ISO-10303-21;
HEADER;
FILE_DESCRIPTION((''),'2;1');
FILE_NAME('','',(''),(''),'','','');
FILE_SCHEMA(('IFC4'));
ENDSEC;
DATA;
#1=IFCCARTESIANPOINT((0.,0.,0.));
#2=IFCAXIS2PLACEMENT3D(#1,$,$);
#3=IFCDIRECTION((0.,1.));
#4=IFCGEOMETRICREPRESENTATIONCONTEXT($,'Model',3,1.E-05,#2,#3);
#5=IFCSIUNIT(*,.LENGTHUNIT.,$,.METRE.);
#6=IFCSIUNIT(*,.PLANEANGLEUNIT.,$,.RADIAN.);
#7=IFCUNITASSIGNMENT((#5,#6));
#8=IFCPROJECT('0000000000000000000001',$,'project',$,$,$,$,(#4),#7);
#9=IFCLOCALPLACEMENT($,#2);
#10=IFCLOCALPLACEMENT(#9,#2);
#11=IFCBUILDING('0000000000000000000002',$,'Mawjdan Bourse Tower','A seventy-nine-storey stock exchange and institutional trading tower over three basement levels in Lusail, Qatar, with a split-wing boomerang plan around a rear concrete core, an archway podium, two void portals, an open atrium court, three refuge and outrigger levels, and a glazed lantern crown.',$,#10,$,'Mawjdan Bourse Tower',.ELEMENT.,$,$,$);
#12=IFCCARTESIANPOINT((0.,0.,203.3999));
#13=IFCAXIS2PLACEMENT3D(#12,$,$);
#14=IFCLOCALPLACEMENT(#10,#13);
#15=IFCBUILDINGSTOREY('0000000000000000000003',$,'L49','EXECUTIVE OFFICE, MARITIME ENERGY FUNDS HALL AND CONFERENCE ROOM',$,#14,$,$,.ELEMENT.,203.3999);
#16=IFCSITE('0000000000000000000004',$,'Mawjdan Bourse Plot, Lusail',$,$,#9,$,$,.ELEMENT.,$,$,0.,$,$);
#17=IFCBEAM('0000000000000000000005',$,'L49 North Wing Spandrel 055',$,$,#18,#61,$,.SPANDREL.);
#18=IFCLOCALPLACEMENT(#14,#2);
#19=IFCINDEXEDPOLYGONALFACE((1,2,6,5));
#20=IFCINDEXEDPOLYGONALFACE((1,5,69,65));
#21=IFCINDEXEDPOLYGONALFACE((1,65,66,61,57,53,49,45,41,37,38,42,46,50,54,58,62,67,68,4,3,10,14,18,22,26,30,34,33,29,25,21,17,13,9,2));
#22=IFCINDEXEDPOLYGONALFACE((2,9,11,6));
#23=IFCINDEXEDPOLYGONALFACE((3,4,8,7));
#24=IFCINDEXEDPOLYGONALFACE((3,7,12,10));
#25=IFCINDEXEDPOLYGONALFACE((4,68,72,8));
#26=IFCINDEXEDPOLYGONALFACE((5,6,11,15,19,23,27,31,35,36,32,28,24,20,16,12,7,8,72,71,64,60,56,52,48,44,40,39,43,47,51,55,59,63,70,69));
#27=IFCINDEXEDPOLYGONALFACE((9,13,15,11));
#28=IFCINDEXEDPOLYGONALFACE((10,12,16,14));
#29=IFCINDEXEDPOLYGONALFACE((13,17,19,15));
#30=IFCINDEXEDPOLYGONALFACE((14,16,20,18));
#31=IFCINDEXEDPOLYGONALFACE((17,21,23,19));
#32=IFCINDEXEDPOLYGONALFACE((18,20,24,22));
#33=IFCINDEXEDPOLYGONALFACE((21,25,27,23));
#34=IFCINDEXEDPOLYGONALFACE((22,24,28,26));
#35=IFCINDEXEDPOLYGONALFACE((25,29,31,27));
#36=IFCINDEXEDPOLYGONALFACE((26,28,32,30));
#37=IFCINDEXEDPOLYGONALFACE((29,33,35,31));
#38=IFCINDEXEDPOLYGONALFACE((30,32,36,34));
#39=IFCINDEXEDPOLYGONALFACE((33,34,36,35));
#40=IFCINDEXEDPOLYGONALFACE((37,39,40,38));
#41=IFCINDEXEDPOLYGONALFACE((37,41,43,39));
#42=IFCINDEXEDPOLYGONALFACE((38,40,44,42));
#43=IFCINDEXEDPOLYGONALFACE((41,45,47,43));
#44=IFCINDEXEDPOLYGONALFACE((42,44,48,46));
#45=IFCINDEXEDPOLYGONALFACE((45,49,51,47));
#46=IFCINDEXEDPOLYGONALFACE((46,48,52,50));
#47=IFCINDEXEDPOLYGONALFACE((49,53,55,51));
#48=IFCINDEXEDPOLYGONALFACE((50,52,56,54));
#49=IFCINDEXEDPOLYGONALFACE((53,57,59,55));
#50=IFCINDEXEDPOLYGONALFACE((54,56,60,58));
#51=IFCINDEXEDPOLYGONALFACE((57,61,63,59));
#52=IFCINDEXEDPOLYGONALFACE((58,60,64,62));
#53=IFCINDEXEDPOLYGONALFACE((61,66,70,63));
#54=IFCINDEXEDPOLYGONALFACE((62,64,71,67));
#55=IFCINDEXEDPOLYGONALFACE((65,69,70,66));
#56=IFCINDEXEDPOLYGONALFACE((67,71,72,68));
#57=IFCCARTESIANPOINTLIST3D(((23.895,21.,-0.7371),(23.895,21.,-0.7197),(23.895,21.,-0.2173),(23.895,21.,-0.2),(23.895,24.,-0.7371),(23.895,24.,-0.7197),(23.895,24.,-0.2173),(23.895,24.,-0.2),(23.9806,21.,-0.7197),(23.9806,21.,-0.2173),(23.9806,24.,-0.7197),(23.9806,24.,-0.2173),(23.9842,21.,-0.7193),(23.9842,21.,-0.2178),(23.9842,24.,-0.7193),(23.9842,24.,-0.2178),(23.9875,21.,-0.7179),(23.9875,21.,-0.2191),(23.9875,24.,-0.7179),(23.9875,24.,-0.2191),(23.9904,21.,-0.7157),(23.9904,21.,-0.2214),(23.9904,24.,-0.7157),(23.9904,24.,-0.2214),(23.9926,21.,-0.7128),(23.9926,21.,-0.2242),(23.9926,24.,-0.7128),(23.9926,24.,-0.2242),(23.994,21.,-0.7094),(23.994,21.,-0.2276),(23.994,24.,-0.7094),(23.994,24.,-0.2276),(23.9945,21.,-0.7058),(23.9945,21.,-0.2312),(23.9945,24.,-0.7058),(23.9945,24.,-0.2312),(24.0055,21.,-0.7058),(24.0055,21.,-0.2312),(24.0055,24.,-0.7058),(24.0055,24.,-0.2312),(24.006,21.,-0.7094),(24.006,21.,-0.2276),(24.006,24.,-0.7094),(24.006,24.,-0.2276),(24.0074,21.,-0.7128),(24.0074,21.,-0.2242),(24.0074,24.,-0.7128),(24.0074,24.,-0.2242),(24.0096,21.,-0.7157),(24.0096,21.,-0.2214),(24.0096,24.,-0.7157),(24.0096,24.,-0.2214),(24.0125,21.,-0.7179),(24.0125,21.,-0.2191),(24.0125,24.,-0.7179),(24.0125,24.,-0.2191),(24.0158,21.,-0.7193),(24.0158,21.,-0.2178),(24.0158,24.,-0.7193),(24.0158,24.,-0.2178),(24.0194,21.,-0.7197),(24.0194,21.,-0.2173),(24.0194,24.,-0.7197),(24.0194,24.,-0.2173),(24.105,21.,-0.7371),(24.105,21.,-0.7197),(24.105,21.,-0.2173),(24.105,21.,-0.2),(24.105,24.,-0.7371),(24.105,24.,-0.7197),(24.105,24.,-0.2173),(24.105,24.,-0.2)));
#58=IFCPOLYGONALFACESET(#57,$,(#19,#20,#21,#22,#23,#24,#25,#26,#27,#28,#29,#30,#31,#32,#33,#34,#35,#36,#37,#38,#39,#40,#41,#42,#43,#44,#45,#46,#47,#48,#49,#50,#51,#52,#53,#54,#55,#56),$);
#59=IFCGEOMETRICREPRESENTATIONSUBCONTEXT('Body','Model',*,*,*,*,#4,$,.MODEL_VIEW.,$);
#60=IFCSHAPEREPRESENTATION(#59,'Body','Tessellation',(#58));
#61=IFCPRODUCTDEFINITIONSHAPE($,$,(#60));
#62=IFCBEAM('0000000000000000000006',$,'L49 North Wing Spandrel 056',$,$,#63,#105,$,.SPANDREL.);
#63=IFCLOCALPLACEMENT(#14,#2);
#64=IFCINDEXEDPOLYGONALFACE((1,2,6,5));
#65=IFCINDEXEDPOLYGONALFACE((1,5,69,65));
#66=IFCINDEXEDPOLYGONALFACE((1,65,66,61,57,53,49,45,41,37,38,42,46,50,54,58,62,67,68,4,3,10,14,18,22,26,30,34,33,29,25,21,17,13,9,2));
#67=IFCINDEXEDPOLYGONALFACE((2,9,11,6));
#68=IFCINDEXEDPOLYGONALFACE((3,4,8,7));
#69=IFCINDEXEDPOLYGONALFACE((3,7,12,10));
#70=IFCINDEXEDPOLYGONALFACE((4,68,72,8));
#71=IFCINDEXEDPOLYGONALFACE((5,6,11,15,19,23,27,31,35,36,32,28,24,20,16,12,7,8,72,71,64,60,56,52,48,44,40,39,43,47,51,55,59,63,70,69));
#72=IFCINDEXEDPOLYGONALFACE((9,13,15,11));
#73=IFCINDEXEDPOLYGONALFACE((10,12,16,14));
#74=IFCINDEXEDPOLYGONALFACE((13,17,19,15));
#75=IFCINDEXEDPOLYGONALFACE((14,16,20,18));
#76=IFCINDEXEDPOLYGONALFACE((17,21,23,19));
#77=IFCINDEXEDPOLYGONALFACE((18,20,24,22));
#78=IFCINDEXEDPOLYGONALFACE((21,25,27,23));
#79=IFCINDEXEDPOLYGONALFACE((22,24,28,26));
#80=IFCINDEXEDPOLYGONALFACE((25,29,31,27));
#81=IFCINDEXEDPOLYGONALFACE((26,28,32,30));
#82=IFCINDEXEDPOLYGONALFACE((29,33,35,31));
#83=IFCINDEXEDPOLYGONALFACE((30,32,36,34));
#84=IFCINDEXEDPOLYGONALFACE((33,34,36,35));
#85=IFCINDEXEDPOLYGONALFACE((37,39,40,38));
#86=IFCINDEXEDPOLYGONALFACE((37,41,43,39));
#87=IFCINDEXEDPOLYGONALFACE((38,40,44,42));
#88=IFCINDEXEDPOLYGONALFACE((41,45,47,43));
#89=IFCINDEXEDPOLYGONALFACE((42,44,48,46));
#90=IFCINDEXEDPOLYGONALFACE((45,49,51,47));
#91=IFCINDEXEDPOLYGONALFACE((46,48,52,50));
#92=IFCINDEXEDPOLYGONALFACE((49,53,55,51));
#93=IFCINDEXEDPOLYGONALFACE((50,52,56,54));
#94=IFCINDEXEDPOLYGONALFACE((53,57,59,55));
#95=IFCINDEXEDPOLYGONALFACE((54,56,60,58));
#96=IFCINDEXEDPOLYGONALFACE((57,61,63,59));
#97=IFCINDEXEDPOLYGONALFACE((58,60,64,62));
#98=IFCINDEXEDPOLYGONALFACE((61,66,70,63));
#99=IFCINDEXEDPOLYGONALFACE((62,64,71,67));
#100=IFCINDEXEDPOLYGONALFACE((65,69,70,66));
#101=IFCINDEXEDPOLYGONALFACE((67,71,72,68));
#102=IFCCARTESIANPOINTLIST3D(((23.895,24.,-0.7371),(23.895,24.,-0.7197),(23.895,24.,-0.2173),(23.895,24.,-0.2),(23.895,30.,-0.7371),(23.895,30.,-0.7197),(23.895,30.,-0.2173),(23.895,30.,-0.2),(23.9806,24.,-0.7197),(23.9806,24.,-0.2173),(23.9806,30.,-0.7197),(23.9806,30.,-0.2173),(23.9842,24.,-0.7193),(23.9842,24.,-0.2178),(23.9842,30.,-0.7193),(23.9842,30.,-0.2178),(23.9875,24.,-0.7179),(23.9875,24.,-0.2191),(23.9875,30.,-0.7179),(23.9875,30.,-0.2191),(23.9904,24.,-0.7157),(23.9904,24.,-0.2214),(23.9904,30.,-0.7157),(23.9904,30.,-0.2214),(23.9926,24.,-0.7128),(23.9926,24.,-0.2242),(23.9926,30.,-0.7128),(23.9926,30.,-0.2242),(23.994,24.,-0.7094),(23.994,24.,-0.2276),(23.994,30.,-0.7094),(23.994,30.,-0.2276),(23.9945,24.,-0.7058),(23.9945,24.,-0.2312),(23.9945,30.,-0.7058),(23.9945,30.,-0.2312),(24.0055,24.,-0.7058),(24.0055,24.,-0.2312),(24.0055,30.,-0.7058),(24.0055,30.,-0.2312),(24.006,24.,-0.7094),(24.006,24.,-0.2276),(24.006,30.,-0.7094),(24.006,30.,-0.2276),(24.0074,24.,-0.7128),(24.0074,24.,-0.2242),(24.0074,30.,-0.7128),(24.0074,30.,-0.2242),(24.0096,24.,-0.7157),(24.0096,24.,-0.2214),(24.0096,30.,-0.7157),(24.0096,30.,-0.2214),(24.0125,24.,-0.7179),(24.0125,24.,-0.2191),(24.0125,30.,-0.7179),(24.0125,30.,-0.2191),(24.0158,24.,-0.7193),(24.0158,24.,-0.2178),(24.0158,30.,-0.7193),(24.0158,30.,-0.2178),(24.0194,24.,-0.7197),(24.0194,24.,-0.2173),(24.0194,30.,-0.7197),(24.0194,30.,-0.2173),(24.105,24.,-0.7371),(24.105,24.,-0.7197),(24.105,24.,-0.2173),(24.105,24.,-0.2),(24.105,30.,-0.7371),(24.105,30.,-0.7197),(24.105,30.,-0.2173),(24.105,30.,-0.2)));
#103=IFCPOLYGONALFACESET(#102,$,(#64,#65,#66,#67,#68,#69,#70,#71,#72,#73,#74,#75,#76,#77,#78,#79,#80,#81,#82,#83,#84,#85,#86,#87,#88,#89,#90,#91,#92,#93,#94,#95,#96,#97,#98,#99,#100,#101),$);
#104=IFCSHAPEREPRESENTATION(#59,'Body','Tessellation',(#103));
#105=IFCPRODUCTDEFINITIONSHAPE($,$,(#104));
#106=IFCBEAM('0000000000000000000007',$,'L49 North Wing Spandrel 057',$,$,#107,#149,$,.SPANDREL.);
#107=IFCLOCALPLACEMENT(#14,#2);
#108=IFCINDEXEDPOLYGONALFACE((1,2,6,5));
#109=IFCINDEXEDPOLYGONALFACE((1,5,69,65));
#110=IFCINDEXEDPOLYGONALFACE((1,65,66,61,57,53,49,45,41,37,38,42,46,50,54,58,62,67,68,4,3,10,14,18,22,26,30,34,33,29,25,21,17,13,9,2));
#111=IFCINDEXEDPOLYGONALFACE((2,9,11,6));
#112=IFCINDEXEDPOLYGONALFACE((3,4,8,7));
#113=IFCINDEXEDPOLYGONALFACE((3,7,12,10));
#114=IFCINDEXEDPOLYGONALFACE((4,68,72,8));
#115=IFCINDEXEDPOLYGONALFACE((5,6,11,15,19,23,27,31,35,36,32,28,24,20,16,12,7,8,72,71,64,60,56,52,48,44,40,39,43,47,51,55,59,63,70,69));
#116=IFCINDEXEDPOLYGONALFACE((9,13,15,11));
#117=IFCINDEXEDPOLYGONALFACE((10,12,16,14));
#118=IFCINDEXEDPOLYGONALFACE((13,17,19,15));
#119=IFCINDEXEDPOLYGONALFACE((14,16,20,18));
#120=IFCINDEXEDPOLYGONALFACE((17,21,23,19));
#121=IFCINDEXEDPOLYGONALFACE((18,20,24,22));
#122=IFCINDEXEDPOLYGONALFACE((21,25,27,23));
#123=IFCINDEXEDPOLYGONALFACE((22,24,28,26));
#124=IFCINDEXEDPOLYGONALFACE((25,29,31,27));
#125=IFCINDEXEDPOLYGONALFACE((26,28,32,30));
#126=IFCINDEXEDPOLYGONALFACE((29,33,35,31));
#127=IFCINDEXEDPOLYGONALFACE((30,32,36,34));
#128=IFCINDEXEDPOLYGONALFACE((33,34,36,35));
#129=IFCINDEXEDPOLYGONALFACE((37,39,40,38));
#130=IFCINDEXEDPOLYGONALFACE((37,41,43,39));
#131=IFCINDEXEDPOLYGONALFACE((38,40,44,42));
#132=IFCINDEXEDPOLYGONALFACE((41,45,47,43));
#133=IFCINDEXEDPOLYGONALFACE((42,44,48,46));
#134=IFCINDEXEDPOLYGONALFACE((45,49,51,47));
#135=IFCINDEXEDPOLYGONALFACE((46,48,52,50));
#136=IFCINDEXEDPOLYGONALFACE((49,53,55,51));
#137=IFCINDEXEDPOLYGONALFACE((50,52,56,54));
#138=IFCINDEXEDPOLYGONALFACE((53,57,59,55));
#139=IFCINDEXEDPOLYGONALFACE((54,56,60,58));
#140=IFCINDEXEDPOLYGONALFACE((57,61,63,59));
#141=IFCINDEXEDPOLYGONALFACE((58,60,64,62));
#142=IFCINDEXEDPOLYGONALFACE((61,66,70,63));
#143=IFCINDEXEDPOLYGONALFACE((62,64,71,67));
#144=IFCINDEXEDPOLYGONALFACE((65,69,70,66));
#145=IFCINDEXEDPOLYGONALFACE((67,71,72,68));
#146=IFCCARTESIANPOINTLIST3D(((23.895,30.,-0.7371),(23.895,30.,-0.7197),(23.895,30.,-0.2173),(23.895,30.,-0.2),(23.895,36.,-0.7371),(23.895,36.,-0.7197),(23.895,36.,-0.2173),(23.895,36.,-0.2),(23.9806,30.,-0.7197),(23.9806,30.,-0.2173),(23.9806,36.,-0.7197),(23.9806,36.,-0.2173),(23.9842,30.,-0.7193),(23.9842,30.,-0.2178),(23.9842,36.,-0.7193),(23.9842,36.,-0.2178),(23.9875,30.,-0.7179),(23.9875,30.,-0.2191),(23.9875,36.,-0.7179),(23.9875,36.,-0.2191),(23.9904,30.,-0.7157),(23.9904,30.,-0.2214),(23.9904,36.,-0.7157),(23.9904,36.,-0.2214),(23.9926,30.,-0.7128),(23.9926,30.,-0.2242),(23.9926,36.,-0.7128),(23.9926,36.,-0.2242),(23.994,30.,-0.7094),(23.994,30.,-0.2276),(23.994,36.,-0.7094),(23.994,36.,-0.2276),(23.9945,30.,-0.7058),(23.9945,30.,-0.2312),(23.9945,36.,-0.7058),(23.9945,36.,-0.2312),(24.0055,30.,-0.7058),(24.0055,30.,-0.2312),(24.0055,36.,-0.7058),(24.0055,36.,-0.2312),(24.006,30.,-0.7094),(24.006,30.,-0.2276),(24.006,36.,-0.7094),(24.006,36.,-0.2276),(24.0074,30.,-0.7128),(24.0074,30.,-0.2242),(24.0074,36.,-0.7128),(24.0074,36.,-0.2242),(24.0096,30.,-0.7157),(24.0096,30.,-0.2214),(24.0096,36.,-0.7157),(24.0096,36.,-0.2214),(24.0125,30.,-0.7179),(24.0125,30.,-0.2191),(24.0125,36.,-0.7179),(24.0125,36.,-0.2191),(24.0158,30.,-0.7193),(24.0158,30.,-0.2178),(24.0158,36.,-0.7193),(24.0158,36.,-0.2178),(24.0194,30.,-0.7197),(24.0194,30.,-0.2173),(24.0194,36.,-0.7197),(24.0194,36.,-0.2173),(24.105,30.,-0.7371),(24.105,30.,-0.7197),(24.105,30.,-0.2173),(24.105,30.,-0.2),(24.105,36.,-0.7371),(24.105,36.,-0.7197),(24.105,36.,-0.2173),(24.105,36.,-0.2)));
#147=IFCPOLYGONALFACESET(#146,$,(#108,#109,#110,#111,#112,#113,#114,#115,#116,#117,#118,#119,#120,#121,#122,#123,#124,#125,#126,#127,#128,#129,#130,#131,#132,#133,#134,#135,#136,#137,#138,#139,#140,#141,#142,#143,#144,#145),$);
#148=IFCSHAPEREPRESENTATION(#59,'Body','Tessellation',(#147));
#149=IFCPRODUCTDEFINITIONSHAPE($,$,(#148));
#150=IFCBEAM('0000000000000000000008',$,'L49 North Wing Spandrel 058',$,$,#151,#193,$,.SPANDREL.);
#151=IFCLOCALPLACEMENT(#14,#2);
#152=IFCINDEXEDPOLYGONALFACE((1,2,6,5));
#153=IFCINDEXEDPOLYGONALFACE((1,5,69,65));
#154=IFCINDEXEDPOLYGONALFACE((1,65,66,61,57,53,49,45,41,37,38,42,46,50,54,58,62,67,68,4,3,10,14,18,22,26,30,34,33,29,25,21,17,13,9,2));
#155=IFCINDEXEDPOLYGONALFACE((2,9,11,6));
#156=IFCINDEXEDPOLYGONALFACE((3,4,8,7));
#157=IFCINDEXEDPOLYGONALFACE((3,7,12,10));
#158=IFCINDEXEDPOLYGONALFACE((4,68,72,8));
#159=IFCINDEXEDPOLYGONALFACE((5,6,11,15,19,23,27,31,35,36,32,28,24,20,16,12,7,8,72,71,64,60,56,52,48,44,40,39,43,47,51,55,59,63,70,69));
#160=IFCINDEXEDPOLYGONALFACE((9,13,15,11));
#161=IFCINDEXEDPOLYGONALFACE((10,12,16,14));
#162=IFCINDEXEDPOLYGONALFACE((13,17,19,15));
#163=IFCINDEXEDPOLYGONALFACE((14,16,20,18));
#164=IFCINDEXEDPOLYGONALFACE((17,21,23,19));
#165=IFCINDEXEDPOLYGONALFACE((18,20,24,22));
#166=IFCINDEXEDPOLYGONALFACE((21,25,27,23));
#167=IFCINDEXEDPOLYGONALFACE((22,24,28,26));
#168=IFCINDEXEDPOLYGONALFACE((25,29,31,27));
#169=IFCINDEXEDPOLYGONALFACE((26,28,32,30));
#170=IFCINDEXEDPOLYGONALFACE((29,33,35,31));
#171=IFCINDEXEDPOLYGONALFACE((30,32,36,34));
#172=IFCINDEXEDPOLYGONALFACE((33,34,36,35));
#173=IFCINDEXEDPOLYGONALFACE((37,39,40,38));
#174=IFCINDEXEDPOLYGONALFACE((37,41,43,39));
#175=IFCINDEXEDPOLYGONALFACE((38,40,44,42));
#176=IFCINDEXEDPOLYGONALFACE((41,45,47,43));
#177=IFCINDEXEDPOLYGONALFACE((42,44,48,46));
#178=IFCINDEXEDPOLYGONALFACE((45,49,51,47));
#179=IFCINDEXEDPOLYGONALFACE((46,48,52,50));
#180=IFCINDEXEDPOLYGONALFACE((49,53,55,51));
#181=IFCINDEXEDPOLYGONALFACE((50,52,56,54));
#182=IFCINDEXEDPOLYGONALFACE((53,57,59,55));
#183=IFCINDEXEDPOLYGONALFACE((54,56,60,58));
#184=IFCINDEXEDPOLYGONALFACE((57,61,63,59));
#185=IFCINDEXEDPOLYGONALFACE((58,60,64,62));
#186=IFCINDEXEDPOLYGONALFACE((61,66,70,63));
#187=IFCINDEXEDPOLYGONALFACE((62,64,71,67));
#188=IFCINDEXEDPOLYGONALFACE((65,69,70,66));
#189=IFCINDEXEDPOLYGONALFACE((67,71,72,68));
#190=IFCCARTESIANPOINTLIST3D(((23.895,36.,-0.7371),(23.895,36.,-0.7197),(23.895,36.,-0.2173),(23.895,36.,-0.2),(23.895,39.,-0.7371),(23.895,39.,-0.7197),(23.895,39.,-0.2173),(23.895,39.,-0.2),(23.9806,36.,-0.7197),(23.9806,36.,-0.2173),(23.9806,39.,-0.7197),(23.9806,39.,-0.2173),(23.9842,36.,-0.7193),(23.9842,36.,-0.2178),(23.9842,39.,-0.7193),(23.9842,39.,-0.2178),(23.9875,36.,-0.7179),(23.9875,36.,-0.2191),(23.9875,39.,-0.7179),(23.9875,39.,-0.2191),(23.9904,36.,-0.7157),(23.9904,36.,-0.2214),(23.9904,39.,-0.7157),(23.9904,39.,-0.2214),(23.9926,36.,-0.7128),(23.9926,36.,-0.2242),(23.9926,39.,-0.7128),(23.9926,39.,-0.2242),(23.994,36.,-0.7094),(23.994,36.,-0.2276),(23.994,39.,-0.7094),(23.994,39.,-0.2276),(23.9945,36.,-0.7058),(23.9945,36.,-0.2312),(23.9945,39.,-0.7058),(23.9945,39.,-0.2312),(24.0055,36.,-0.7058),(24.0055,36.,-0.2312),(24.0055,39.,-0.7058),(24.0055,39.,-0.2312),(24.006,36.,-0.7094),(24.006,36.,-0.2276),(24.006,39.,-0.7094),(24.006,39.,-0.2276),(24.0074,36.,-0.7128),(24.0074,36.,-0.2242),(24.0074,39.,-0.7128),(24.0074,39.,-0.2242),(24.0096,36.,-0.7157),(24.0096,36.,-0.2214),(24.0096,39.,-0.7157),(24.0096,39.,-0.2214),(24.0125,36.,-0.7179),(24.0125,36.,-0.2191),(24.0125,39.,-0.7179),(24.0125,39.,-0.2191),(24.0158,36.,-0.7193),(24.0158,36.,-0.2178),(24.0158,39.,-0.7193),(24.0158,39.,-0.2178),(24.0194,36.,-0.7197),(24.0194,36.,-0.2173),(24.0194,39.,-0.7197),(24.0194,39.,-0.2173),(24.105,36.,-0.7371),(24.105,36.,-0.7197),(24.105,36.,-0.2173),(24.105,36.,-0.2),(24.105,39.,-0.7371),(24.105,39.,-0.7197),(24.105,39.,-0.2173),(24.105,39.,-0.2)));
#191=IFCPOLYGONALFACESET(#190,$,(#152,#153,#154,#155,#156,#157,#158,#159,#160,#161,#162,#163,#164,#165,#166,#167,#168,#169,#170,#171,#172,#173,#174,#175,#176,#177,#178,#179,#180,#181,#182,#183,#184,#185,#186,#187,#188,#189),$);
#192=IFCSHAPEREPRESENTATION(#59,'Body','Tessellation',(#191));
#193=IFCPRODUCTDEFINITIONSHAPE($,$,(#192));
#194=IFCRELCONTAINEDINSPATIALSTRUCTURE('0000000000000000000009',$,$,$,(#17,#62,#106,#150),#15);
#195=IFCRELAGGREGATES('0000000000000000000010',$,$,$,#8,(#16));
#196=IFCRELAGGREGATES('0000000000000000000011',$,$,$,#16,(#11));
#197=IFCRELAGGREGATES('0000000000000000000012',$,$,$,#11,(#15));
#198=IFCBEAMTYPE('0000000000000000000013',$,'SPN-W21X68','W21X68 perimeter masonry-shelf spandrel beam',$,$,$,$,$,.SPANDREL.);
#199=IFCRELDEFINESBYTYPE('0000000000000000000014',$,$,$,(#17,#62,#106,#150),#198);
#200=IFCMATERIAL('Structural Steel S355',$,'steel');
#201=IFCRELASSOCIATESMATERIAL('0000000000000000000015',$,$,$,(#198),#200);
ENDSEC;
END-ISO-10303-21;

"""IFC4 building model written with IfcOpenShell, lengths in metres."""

from ifc_helpers import new_model, si_unit, direction, frame, origin, origin_2d, place, context, subcontext, project, spatial, i_section, extrude, material, material_profile, profile_set, type_object, element, save


model = new_model("IFC4")

# Units and contexts
model_context = context("Model", 3, precision=1e-05, world=origin(), true_north=direction((0.0, 1.0)))
body_context = subcontext(model_context, "Body", "Model", "MODEL_VIEW")
ifc_project = project(units=[si_unit("LENGTHUNIT", "METRE"), si_unit("PLANEANGLEUNIT", "RADIAN")], contexts=[model_context])

# Site, building, storey
site_placement = place(None, origin())
site = spatial("IfcSite", under=ifc_project, at=site_placement, Name="Mawjdan Bourse Plot, Lusail", CompositionType="ELEMENT", RefElevation=0.0)
building_placement = place(site_placement, origin())
building = spatial("IfcBuilding", under=site, at=building_placement, Name="Mawjdan Bourse Tower", Description="A seventy-nine-storey stock exchange and institutional trading tower over three basement levels in Lusail, Qatar, with a split-wing boomerang plan around a rear concrete core, an archway podium, two void portals, an open atrium court, three refuge and outrigger levels, and a glazed lantern crown.", LongName="Mawjdan Bourse Tower", CompositionType="ELEMENT")
storey_placement = place(building_placement, frame((0.0, 0.0, 203.3999)))
storey = spatial("IfcBuildingStorey", under=building, at=storey_placement, Name="L49", Description="EXECUTIVE OFFICE, MARITIME ENERGY FUNDS HALL AND CONFERENCE ROOM", CompositionType="ELEMENT", Elevation=203.3999)

# Shared definitions
ifc_material_1 = material(Name="Structural Steel S355", Category="steel")

# Beams
ifc_material_profile_1 = material_profile(ifc_material_1, i_section(OverallWidth=0.21, OverallDepth=0.5371, WebThickness=0.011, FlangeThickness=0.0173, FilletRadius=0.0139, at=origin_2d()), Name="W21X68")
ifc_profile_set_1 = profile_set([ifc_material_profile_1], Name="Structural Steel S355")
beam_type_1 = type_object("IfcBeamType", Name="SPN-W21X68", Description="W21X68 perimeter masonry-shelf spandrel beam", PredefinedType="SPANDREL", material=ifc_profile_set_1)
beam_1_placement = place(storey_placement, frame((24.0, 21.0, -0.4685), z_axis=(0.0, 1.0, 0.0), x_axis=(-1.0, 0.0, 0.0)))
element("IfcBeam", 1, at=beam_1_placement, inside=storey, type_object=beam_type_1, Name="L49 North Wing Spandrel 055", PredefinedType="SPANDREL", context=body_context, shape_type="SweptSolid", body=[
    extrude(i_section(OverallWidth=0.21, OverallDepth=0.5371, WebThickness=0.011, FlangeThickness=0.0173, FilletRadius=0.0139, at=origin_2d()), origin(), (0.0, 0.0, 1.0), 3.0),
])
for number, where, z_axis, x_axis, name in (
    (2, (24.0, 24.0, -0.4685), (0.0, 1.0, 0.0), (-1.0, 0.0, 0.0), "L49 North Wing Spandrel 056"),
    (3, (24.0, 30.0, -0.4685), (0.0, 1.0, 0.0), (-1.0, 0.0, 0.0), "L49 North Wing Spandrel 057"),
):
    element("IfcBeam", number, at=place(storey_placement, frame(where, z_axis=z_axis, x_axis=x_axis)), inside=storey, type_object=beam_type_1, Name=name, PredefinedType="SPANDREL", context=body_context, shape_type="SweptSolid", body=[
        extrude(i_section(OverallWidth=0.21, OverallDepth=0.5371, WebThickness=0.011, FlangeThickness=0.0173, FilletRadius=0.0139, at=origin_2d()), origin(), (0.0, 0.0, 1.0), 6.0),
    ])
beam_2_placement = place(storey_placement, frame((24.0, 36.0, -0.4685), z_axis=(0.0, 1.0, 0.0), x_axis=(-1.0, 0.0, 0.0)))
element("IfcBeam", 4, at=beam_2_placement, inside=storey, type_object=beam_type_1, Name="L49 North Wing Spandrel 058", PredefinedType="SPANDREL", context=body_context, shape_type="SweptSolid", body=[
    extrude(i_section(OverallWidth=0.21, OverallDepth=0.5371, WebThickness=0.011, FlangeThickness=0.0173, FilletRadius=0.0139, at=origin_2d()), origin(), (0.0, 0.0, 1.0), 3.0),
])

save(model, "model.ifc")
